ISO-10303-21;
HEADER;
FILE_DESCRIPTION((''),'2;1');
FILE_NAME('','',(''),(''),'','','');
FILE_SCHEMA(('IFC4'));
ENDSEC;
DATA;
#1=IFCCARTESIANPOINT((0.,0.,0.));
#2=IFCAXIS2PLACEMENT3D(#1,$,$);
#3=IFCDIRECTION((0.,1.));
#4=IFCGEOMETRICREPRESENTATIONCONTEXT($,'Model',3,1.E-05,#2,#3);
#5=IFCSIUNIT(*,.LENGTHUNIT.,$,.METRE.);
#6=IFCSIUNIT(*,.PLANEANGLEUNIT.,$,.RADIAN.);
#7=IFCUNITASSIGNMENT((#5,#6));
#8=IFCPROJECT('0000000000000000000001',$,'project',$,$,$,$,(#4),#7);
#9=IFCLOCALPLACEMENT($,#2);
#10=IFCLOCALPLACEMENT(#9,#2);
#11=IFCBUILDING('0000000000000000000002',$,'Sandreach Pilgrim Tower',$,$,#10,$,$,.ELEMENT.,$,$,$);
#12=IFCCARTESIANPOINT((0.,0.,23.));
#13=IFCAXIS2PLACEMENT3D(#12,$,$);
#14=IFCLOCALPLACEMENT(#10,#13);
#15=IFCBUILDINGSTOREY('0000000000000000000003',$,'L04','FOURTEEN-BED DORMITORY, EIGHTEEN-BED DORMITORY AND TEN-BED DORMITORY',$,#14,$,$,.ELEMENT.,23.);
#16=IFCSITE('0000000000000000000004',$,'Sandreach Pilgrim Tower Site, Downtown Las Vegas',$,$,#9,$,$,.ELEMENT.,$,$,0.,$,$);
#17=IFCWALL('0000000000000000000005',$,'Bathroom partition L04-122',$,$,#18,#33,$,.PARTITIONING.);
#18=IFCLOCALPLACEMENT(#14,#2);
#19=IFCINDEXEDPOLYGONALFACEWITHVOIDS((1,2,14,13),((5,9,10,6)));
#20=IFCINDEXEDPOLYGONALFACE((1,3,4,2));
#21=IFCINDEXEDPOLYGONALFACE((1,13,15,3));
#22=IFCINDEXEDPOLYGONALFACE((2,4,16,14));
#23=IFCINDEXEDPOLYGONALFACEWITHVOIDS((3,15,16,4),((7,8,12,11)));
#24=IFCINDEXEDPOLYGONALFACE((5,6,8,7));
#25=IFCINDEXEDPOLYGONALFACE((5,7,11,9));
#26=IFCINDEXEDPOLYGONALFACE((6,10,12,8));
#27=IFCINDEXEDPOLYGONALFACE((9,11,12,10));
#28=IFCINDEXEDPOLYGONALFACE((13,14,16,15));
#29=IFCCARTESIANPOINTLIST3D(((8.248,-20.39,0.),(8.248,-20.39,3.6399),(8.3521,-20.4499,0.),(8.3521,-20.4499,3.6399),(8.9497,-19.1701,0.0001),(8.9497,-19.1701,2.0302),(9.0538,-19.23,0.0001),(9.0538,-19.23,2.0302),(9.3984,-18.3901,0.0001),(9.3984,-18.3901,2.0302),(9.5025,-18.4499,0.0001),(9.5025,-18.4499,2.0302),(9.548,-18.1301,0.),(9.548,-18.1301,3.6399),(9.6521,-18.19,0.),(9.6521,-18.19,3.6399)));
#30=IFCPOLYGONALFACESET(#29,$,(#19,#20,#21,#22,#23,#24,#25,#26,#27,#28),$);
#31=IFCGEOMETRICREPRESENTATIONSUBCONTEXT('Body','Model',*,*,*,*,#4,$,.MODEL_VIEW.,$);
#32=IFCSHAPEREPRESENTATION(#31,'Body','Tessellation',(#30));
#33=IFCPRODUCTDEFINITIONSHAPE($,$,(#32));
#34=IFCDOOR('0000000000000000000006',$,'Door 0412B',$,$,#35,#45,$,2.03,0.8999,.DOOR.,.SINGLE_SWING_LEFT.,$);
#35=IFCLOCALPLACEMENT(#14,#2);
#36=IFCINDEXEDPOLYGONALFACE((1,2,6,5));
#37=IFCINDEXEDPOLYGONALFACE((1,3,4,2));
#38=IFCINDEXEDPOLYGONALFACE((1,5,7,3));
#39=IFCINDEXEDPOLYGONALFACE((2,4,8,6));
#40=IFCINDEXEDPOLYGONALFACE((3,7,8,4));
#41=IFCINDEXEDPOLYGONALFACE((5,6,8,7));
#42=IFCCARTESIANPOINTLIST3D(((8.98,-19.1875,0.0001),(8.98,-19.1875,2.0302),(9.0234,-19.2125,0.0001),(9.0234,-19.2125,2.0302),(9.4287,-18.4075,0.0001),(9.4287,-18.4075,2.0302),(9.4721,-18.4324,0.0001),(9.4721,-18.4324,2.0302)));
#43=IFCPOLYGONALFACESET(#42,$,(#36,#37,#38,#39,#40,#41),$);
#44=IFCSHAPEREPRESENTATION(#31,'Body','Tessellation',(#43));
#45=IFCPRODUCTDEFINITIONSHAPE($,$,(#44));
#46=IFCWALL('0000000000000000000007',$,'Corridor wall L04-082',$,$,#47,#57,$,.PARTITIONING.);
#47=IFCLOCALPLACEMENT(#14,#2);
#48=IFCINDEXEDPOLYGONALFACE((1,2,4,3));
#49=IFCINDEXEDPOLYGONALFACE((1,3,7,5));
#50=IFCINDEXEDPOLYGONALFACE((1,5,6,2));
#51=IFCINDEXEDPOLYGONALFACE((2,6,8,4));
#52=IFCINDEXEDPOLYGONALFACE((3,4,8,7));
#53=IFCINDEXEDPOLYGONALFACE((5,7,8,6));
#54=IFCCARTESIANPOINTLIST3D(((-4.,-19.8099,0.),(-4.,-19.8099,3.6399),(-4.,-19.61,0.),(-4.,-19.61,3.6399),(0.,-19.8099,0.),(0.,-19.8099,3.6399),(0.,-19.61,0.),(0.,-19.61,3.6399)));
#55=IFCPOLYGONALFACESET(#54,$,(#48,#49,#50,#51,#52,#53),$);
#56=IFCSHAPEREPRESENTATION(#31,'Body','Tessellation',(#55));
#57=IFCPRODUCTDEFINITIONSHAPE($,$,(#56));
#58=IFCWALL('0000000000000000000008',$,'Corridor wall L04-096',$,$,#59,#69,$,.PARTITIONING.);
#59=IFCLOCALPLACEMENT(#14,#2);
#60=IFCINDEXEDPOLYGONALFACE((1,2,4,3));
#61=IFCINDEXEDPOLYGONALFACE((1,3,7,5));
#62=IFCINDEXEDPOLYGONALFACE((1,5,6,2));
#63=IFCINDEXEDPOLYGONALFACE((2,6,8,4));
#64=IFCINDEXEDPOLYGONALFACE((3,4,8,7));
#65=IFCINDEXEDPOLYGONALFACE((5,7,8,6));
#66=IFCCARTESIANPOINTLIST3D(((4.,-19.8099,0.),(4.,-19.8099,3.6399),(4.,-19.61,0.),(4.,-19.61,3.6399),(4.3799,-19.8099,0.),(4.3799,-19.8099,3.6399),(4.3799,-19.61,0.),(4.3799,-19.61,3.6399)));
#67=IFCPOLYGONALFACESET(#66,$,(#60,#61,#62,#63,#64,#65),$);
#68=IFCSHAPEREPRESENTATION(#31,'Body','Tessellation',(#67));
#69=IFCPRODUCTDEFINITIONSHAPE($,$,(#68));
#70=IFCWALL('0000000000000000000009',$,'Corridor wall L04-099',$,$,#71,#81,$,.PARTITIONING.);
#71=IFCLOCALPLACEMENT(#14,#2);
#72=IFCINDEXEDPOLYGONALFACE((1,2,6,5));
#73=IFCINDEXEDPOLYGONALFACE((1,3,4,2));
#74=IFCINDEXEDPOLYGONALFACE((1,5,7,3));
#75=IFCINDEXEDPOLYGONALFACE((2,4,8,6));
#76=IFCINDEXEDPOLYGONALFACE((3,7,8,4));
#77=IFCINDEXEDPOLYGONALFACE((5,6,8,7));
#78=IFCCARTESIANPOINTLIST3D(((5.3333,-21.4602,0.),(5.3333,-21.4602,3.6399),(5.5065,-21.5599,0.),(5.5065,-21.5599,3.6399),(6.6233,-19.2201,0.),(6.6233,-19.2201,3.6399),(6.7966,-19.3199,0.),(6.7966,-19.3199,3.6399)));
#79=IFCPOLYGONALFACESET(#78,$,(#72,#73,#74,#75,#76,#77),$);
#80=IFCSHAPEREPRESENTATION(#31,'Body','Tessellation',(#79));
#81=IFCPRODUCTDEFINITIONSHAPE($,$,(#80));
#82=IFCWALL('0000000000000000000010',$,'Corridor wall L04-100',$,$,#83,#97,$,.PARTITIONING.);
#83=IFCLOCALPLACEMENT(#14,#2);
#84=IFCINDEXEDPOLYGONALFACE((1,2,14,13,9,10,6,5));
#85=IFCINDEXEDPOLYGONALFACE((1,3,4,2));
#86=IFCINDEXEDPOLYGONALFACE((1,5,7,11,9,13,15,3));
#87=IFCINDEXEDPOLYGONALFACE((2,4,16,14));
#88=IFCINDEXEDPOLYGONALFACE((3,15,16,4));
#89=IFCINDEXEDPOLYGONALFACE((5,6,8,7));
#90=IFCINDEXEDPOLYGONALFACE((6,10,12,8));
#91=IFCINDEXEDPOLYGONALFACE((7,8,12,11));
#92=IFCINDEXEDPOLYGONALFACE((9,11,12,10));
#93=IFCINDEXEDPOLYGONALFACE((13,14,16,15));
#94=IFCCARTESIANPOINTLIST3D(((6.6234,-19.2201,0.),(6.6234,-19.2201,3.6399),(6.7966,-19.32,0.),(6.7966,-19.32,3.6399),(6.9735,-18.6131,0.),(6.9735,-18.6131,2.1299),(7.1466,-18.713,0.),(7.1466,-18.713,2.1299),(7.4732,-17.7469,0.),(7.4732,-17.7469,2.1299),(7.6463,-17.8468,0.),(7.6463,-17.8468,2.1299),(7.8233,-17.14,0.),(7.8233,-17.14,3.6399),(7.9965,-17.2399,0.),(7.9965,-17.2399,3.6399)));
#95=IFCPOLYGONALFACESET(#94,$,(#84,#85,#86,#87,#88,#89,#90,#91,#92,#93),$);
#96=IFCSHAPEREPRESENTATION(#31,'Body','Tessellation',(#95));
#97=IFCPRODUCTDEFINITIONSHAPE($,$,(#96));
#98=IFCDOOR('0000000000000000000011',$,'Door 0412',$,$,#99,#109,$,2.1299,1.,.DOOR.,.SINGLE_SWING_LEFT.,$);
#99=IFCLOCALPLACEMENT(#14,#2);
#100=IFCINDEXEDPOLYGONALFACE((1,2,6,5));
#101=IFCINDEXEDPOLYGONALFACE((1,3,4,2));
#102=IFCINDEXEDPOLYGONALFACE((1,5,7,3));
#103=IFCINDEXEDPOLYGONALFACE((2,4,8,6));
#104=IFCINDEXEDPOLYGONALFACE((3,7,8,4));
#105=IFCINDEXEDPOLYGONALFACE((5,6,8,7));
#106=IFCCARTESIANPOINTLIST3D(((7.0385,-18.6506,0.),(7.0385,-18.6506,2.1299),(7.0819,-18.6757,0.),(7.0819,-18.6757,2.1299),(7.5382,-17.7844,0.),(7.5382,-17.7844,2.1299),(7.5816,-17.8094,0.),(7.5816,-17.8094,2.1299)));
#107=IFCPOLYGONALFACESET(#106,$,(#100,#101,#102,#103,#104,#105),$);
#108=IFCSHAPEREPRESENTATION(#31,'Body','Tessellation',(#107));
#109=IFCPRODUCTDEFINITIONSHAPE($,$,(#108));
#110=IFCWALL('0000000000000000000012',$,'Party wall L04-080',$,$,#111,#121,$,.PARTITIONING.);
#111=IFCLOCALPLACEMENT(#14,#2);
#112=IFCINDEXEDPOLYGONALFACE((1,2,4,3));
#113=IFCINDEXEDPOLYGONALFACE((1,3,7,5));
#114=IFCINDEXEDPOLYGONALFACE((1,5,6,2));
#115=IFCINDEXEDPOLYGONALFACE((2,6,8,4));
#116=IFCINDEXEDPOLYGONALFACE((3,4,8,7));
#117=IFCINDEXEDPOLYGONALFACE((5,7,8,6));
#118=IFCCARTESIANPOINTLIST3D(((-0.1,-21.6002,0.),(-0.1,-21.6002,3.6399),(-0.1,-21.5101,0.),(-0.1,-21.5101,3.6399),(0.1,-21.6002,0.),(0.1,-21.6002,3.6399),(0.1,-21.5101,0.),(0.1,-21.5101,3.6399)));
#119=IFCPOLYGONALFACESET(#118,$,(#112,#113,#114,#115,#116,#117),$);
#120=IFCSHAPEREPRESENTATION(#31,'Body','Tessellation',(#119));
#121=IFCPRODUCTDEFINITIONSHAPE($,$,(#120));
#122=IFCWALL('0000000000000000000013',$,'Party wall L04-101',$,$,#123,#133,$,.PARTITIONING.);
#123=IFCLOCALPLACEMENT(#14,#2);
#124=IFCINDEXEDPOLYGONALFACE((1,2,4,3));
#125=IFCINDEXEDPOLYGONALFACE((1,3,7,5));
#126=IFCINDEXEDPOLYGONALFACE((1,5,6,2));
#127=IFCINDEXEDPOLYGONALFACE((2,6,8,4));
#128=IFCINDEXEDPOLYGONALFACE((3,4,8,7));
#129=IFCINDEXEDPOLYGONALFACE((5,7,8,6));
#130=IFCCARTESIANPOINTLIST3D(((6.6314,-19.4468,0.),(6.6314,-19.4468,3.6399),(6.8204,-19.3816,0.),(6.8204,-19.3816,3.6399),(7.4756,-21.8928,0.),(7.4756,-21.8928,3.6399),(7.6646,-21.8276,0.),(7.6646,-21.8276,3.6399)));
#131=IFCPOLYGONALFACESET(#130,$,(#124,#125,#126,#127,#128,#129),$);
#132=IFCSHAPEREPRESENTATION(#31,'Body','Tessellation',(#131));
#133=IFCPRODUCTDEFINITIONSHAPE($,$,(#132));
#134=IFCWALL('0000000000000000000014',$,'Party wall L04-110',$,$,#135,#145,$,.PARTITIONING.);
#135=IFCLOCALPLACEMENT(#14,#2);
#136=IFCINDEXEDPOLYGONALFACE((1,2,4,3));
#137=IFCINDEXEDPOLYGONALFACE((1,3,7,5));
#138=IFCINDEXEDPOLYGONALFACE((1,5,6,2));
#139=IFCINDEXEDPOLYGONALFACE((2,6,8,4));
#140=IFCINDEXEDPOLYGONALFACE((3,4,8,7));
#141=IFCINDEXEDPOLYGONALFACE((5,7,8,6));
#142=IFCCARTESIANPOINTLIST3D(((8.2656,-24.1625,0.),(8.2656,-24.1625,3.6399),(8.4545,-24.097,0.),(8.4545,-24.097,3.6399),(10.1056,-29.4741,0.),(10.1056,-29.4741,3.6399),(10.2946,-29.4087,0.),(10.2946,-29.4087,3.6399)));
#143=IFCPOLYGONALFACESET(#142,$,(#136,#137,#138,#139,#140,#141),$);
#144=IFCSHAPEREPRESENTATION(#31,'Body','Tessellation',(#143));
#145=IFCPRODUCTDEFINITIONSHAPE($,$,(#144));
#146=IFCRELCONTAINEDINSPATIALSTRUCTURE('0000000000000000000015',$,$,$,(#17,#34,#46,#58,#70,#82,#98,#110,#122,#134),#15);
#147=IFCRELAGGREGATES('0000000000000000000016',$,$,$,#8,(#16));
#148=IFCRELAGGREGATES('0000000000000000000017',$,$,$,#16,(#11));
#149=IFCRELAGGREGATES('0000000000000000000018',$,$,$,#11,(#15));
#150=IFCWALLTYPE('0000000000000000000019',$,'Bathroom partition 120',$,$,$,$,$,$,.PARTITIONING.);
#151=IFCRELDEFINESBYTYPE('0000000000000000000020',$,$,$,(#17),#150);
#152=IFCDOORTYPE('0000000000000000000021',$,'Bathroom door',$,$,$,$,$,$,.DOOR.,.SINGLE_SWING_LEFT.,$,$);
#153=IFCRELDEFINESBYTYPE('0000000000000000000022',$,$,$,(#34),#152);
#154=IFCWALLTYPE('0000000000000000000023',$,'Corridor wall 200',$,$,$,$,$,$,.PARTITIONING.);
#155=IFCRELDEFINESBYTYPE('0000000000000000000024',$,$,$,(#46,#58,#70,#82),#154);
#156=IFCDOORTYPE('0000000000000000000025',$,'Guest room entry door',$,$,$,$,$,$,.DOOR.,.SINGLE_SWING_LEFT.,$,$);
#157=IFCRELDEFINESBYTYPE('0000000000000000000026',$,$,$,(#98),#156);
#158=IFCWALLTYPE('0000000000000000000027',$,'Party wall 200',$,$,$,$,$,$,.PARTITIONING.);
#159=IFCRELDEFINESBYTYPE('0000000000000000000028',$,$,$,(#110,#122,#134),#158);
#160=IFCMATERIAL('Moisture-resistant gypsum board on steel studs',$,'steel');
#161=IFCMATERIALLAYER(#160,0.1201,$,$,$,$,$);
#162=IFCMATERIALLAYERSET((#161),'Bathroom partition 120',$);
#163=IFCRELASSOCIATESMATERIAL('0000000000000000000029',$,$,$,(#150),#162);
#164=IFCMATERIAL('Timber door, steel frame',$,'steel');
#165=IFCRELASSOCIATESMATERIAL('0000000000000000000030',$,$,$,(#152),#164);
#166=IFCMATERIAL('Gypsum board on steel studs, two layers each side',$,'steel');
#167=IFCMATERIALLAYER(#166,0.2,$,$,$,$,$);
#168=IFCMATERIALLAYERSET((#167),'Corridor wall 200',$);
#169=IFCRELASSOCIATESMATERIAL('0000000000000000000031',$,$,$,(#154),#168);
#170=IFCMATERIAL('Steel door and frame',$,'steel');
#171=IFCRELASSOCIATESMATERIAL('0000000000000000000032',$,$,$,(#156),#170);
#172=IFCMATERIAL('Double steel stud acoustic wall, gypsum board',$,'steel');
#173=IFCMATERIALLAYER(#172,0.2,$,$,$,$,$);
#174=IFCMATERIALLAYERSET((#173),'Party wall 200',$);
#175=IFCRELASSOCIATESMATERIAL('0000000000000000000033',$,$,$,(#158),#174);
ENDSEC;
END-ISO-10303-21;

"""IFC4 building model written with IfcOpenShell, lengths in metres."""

from ifc_helpers import new_model, si_unit, direction, frame, frame_2d, origin, place, context, subcontext, project, spatial, rectangle, extrude, material, layer, layer_set, type_object, element, fill, save


model = new_model("IFC4")

# Units and contexts
model_context = context("Model", 3, precision=1e-05, world=origin(), true_north=direction((0.0, 1.0)))
body_context = subcontext(model_context, "Body", "Model", "MODEL_VIEW")
ifc_project = project(units=[si_unit("LENGTHUNIT", "METRE"), si_unit("PLANEANGLEUNIT", "RADIAN")], contexts=[model_context])

# Site, building, storey
site_placement = place(None, origin())
site = spatial("IfcSite", under=ifc_project, at=site_placement, Name="Sandreach Pilgrim Tower Site, Downtown Las Vegas", CompositionType="ELEMENT", RefElevation=0.0)
building_placement = place(site_placement, origin())
building = spatial("IfcBuilding", under=site, at=building_placement, Name="Sandreach Pilgrim Tower", CompositionType="ELEMENT")
storey_placement = place(building_placement, frame((0.0, 0.0, 23.0)))
storey = spatial("IfcBuildingStorey", under=building, at=storey_placement, Name="L04", Description="FOURTEEN-BED DORMITORY, EIGHTEEN-BED DORMITORY AND TEN-BED DORMITORY", CompositionType="ELEMENT", Elevation=23.0)

# Shared definitions
ifc_material_1 = material(Name="Moisture-resistant gypsum board on steel studs", Category="steel")
ifc_layer_1 = layer(ifc_material_1, 0.1201)
ifc_layer_set_1 = layer_set([ifc_layer_1], Name="Bathroom partition 120")
wall_type_1 = type_object("IfcWallType", Name="Bathroom partition 120", PredefinedType="PARTITIONING", material=ifc_layer_set_1)

# Shared definitions
ifc_material_2 = material(Name="Timber door, steel frame", Category="steel")
door_type_1 = type_object("IfcDoorType", Name="Bathroom door", OperationType="SINGLE_SWING_LEFT", PredefinedType="DOOR", material=ifc_material_2)

# Wall, opening, door
wall_1_placement = place(storey_placement, frame((9.6001, -18.1599, 0.0), z_axis=(0.0, 0.0, 1.0), x_axis=(-0.498628, -0.866816, 0.0)))
wall_1 = element("IfcWall", 1, at=wall_1_placement, inside=storey, type_object=wall_type_1, Name="Bathroom partition L04-122", PredefinedType="PARTITIONING", context=body_context, shape_type="SweptSolid", body=[
    extrude(rectangle(XDim=2.6072, YDim=0.1201, at=frame_2d((1.3037, 0.0))), origin(), (0.0, 0.0, 1.0), 3.6399),
])
opening_1_placement = place(wall_1_placement, frame((0.3, 0.0, 0.0)))
opening_1 = element("IfcOpeningElement", 2, at=opening_1_placement, cuts=wall_1, PredefinedType="OPENING", context=body_context, shape_type="SweptSolid", body=[
    extrude(rectangle(XDim=0.8999, YDim=2.03, at=frame_2d((0.45, 1.0151))), frame((0.0, 0.0601, 0.0), z_axis=(0.0, -1.0, 0.0), x_axis=(1.0, 0.0, 0.0)), (0.0, 0.0, 1.0), 0.1201),
])
door_1_placement = place(opening_1_placement, origin())
door_1 = element("IfcDoor", 3, at=door_1_placement, inside=storey, type_object=door_type_1, Name="Door 0412B", OperationType="SINGLE_SWING_LEFT", OverallHeight=2.03, OverallWidth=0.8999, PredefinedType="DOOR", context=body_context, shape_type="SweptSolid", body=[
    extrude(rectangle(XDim=0.8999, YDim=2.03, at=frame_2d((0.45, 1.0151))), frame((0.0, 0.0249, 0.0), z_axis=(0.0, -1.0, 0.0), x_axis=(1.0, 0.0, 0.0)), (0.0, 0.0, 1.0), 0.05),
])
fill(opening_1, door_1)
ifc_material_3 = material(Name="Gypsum board on steel studs, two layers each side", Category="steel")
ifc_layer_2 = layer(ifc_material_3, 0.2)
ifc_layer_set_2 = layer_set([ifc_layer_2], Name="Corridor wall 200")
wall_type_2 = type_object("IfcWallType", Name="Corridor wall 200", PredefinedType="PARTITIONING", material=ifc_layer_set_2)
ifc_material_4 = material(Name="Steel door and frame", Category="steel")
door_type_2 = type_object("IfcDoorType", Name="Guest room entry door", OperationType="SINGLE_SWING_LEFT", PredefinedType="DOOR", material=ifc_material_4)

# Wall
wall_2_placement = place(storey_placement, frame((0.0, -19.71, 0.0), z_axis=(0.0, 0.0, 1.0), x_axis=(-1.0, 0.0, 0.0)))
element("IfcWall", 4, at=wall_2_placement, inside=storey, type_object=wall_type_2, Name="Corridor wall L04-082", PredefinedType="PARTITIONING", context=body_context, shape_type="SweptSolid", body=[
    extrude(rectangle(XDim=4.0, YDim=0.2, at=frame_2d((2.0, 0.0))), origin(), (0.0, 0.0, 1.0), 3.6399),
])

# Walls
wall_3_placement = place(storey_placement, frame((4.3799, -19.71, 0.0), z_axis=(0.0, 0.0, 1.0), x_axis=(-1.0, 0.0, 0.0)))
element("IfcWall", 5, at=wall_3_placement, inside=storey, type_object=wall_type_2, Name="Corridor wall L04-096", PredefinedType="PARTITIONING", context=body_context, shape_type="SweptSolid", body=[
    extrude(rectangle(XDim=0.3799, YDim=0.2, at=frame_2d((0.1899, 0.0))), origin(), (0.0, 0.0, 1.0), 3.6399),
])
wall_4_placement = place(storey_placement, frame((6.71, -19.27, 0.0), z_axis=(0.0, 0.0, 1.0), x_axis=(-0.499065, -0.866564, 0.0)))
element("IfcWall", 6, at=wall_4_placement, inside=storey, type_object=wall_type_2, Name="Corridor wall L04-099", PredefinedType="PARTITIONING", context=body_context, shape_type="SweptSolid", body=[
    extrude(rectangle(XDim=2.585, YDim=0.2, at=frame_2d((1.2925, 0.0))), origin(), (0.0, 0.0, 1.0), 3.6399),
])

# Wall, opening, door
wall_5_placement = place(storey_placement, frame((6.71, -19.27, 0.0), z_axis=(0.0, 0.0, 1.0), x_axis=(0.499693, 0.866203, 0.0)))
wall_5 = element("IfcWall", 7, at=wall_5_placement, inside=storey, type_object=wall_type_2, Name="Corridor wall L04-100", PredefinedType="PARTITIONING", context=body_context, shape_type="SweptSolid", body=[
    extrude(rectangle(XDim=2.4014, YDim=0.2, at=frame_2d((1.2007, 0.0))), origin(), (0.0, 0.0, 1.0), 3.6399),
])
opening_2_placement = place(wall_5_placement, frame((0.7007, 0.0, 0.0)))
opening_2 = element("IfcOpeningElement", 8, at=opening_2_placement, cuts=wall_5, PredefinedType="OPENING", context=body_context, shape_type="SweptSolid", body=[
    extrude(rectangle(XDim=1.0, YDim=2.1299, at=frame_2d((0.5, 1.0649))), frame((0.0, 0.1001, 0.0), z_axis=(0.0, -1.0, 0.0), x_axis=(1.0, 0.0, 0.0)), (0.0, 0.0, 1.0), 0.2),
])
door_2_placement = place(opening_2_placement, origin())
door_2 = element("IfcDoor", 9, at=door_2_placement, inside=storey, type_object=door_type_2, Name="Door 0412", OperationType="SINGLE_SWING_LEFT", OverallHeight=2.1299, OverallWidth=1.0, PredefinedType="DOOR", context=body_context, shape_type="SweptSolid", body=[
    extrude(rectangle(XDim=1.0, YDim=2.1299, at=frame_2d((0.5, 1.0649))), frame((0.0, 0.0249, 0.0), z_axis=(0.0, -1.0, 0.0), x_axis=(1.0, 0.0, 0.0)), (0.0, 0.0, 1.0), 0.05),
])
fill(opening_2, door_2)

# Walls
ifc_material_5 = material(Name="Double steel stud acoustic wall, gypsum board", Category="steel")
ifc_layer_3 = layer(ifc_material_5, 0.2)
ifc_layer_set_3 = layer_set([ifc_layer_3], Name="Party wall 200")
wall_type_3 = type_object("IfcWallType", Name="Party wall 200", PredefinedType="PARTITIONING", material=ifc_layer_set_3)
wall_6_placement = place(storey_placement, frame((0.0, -21.6001, 0.0), z_axis=(0.0, 0.0, 1.0), x_axis=(0.0, 1.0, 0.0)))
element("IfcWall", 10, at=wall_6_placement, inside=storey, type_object=wall_type_3, Name="Party wall L04-080", PredefinedType="PARTITIONING", context=body_context, shape_type="SweptSolid", body=[
    extrude(rectangle(XDim=0.0901, YDim=0.2, at=frame_2d((0.0449, 0.0))), origin(), (0.0, 0.0, 1.0), 3.6399),
])
wall_7_placement = place(storey_placement, frame((6.7258, -19.4141, 0.0), z_axis=(0.0, 0.0, 1.0), x_axis=(0.326258, -0.945281, 0.0)))
element("IfcWall", 11, at=wall_7_placement, inside=storey, type_object=wall_type_3, Name="Party wall L04-101", PredefinedType="PARTITIONING", context=body_context, shape_type="SweptSolid", body=[
    extrude(rectangle(XDim=2.5876, YDim=0.2, at=frame_2d((1.2939, 0.0))), origin(), (0.0, 0.0, 1.0), 3.6399),
])
wall_8_placement = place(storey_placement, frame((8.3601, -24.1299, 0.0), z_axis=(0.0, 0.0, 1.0), x_axis=(0.327333, -0.944909, 0.0)))
element("IfcWall", 12, at=wall_8_placement, inside=storey, type_object=wall_type_3, Name="Party wall L04-110", PredefinedType="PARTITIONING", context=body_context, shape_type="SweptSolid", body=[
    extrude(rectangle(XDim=5.6213, YDim=0.2, at=frame_2d((2.8105, 0.0))), origin(), (0.0, 0.0, 1.0), 3.6399),
])

save(model, "model.ifc")
